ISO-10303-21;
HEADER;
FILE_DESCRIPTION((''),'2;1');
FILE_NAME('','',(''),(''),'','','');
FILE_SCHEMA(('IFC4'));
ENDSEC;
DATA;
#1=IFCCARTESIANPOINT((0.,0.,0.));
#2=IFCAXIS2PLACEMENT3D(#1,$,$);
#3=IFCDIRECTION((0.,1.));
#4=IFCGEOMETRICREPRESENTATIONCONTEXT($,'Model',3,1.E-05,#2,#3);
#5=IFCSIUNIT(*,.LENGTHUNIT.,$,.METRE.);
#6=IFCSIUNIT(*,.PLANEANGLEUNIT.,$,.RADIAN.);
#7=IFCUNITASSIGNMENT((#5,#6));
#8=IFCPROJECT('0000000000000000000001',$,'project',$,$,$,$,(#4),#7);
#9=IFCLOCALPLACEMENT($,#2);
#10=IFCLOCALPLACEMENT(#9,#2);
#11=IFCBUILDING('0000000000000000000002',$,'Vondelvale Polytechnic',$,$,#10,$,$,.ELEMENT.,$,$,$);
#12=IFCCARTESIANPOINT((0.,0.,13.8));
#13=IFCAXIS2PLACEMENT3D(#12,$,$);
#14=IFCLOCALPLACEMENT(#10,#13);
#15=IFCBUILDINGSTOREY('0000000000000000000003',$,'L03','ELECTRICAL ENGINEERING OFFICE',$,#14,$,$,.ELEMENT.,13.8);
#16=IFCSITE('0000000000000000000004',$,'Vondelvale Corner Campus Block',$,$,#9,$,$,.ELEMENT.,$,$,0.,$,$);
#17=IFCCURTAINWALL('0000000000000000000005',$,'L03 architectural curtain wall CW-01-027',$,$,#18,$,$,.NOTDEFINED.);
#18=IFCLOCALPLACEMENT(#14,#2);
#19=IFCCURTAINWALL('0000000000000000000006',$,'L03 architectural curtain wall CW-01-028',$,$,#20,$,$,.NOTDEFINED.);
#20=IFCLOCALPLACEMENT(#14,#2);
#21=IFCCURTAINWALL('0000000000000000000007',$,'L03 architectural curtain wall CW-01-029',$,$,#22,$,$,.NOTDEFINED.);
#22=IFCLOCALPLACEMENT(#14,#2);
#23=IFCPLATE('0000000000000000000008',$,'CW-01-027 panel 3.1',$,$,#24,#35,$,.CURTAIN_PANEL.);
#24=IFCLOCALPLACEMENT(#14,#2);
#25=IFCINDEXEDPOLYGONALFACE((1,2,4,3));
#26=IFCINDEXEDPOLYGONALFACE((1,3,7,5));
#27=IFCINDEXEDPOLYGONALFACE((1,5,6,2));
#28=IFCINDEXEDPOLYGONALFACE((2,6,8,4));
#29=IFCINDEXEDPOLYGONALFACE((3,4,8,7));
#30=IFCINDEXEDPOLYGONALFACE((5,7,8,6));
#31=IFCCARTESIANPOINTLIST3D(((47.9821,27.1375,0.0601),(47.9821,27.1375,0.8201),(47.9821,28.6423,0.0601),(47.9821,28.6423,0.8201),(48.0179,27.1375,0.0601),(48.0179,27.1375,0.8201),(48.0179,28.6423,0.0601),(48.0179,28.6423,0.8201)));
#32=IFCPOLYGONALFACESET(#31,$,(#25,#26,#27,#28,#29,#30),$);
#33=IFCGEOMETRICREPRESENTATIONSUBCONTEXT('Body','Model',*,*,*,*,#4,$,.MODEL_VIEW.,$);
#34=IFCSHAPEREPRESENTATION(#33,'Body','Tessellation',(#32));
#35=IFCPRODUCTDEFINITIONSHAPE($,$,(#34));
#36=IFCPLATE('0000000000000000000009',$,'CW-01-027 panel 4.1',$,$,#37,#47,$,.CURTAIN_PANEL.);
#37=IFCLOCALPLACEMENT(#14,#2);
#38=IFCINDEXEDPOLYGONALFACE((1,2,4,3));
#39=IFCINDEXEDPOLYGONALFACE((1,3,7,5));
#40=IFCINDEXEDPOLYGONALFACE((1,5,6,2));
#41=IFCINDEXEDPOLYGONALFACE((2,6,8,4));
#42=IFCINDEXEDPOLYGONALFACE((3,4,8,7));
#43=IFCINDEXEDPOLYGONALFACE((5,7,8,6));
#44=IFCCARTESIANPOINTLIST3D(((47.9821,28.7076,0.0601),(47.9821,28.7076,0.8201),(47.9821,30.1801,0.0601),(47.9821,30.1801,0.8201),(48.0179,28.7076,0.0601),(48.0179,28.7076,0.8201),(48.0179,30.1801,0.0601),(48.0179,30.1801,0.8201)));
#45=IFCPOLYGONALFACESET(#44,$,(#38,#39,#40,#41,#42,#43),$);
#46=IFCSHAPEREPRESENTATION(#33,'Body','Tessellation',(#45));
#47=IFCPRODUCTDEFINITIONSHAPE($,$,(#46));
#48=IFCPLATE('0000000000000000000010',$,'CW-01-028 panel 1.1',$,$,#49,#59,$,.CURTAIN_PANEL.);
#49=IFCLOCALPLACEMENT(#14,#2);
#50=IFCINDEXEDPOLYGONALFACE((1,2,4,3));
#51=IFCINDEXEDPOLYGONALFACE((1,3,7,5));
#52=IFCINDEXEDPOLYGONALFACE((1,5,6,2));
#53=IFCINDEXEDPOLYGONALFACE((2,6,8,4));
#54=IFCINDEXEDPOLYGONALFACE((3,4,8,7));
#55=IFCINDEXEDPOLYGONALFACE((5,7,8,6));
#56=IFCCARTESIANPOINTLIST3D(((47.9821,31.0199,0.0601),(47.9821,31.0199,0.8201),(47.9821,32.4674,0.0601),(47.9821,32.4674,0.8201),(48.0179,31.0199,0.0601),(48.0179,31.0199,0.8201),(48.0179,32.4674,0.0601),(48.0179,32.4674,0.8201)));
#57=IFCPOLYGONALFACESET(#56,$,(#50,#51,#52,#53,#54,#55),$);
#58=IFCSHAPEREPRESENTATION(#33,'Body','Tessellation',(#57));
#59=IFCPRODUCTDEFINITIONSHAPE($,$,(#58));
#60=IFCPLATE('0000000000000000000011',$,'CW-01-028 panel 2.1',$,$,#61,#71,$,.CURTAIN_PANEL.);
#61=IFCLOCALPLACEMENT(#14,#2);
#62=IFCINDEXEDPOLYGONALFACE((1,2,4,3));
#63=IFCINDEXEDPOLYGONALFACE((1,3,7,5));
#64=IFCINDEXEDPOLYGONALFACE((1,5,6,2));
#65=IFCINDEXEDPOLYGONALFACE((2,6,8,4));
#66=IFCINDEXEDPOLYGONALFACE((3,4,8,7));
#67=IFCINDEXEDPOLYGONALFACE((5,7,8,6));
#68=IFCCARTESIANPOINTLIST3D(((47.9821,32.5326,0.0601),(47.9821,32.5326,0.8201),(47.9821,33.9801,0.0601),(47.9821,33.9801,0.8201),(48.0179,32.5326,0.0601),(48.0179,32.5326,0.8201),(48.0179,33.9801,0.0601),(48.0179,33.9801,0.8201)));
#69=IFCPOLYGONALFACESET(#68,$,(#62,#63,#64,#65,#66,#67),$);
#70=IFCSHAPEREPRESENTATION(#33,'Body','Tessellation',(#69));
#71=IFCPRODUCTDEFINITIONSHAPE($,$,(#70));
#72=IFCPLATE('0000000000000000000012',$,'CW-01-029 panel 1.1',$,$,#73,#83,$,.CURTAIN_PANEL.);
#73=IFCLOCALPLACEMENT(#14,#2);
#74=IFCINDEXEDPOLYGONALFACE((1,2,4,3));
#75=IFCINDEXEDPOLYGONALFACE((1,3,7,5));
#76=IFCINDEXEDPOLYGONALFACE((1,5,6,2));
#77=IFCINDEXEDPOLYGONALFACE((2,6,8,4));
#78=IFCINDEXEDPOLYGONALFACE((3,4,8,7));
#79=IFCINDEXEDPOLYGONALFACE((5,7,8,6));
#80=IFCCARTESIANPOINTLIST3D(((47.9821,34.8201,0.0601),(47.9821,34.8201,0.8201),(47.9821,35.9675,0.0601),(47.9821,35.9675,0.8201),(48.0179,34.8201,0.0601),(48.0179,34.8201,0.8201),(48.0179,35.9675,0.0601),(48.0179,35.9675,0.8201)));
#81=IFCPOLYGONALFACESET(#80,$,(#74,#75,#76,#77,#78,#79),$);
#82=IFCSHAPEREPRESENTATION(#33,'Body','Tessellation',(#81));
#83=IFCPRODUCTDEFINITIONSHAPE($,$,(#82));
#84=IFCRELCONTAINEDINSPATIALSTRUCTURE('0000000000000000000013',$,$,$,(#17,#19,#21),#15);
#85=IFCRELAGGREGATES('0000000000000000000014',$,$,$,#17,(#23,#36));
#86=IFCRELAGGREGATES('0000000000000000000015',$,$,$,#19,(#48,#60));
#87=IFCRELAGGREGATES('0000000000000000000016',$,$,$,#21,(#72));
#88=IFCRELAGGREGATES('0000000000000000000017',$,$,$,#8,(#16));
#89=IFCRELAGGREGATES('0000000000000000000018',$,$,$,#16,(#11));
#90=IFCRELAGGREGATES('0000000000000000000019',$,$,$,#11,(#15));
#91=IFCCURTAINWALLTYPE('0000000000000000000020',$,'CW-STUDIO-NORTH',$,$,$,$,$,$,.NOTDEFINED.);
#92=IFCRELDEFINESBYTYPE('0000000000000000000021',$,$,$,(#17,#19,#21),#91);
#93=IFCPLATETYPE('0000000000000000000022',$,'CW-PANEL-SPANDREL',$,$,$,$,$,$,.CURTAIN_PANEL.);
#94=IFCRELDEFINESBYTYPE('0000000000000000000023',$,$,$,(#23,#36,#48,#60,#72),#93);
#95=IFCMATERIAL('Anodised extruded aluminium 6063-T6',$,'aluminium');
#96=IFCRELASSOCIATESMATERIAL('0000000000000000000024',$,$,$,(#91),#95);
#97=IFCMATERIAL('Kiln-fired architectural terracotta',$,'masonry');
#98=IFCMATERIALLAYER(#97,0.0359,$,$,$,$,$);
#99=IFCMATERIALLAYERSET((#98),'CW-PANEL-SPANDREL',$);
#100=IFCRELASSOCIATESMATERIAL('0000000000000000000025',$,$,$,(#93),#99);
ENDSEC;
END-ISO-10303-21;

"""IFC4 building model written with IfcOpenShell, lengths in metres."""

from ifc_helpers import new_model, si_unit, direction, frame, origin, origin_2d, place, context, subcontext, project, spatial, rectangle, extrude, material, layer, layer_set, type_object, element, aggregate, save


model = new_model("IFC4")

# Units and contexts
model_context = context("Model", 3, precision=1e-05, world=origin(), true_north=direction((0.0, 1.0)))
body_context = subcontext(model_context, "Body", "Model", "MODEL_VIEW")
ifc_project = project(units=[si_unit("LENGTHUNIT", "METRE"), si_unit("PLANEANGLEUNIT", "RADIAN")], contexts=[model_context])

# Site, building, storey
site_placement = place(None, origin())
site = spatial("IfcSite", under=ifc_project, at=site_placement, Name="Vondelvale Corner Campus Block", CompositionType="ELEMENT", RefElevation=0.0)
building_placement = place(site_placement, origin())
building = spatial("IfcBuilding", under=site, at=building_placement, Name="Vondelvale Polytechnic", CompositionType="ELEMENT")
storey_placement = place(building_placement, frame((0.0, 0.0, 13.8)))
storey = spatial("IfcBuildingStorey", under=building, at=storey_placement, Name="L03", Description="ELECTRICAL ENGINEERING OFFICE", CompositionType="ELEMENT", Elevation=13.8)

# Curtain walls
ifc_material_1 = material(Name="Anodised extruded aluminium 6063-T6", Category="aluminium")
curtain_wall_type = type_object("IfcCurtainWallType", Name="CW-STUDIO-NORTH", PredefinedType="NOTDEFINED", material=ifc_material_1)
curtain_wall_1_placement = place(storey_placement, origin())
curtain_wall_1 = element("IfcCurtainWall", 1, at=curtain_wall_1_placement, inside=storey, type_object=curtain_wall_type, Name="L03 architectural curtain wall CW-01-027", PredefinedType="NOTDEFINED")
curtain_wall_2_placement = place(storey_placement, origin())
curtain_wall_2 = element("IfcCurtainWall", 2, at=curtain_wall_2_placement, inside=storey, type_object=curtain_wall_type, Name="L03 architectural curtain wall CW-01-028", PredefinedType="NOTDEFINED")
curtain_wall_3_placement = place(storey_placement, origin())
curtain_wall_3 = element("IfcCurtainWall", 3, at=curtain_wall_3_placement, inside=storey, type_object=curtain_wall_type, Name="L03 architectural curtain wall CW-01-029", PredefinedType="NOTDEFINED")

# Plates
ifc_material_2 = material(Name="Kiln-fired architectural terracotta", Category="masonry")
ifc_layer_1 = layer(ifc_material_2, 0.0359)
ifc_layer_set_1 = layer_set([ifc_layer_1], Name="CW-PANEL-SPANDREL")
plate_type_1 = type_object("IfcPlateType", Name="CW-PANEL-SPANDREL", PredefinedType="CURTAIN_PANEL", material=ifc_layer_set_1)
plate_1_placement = place(storey_placement, frame((48.0, 27.8899, 0.0601), z_axis=(0.0, 0.0, 1.0), x_axis=(0.0, 1.0, 0.0)))
plate_1 = element("IfcPlate", 4, at=plate_1_placement, type_object=plate_type_1, Name="CW-01-027 panel 3.1", PredefinedType="CURTAIN_PANEL", context=body_context, shape_type="SweptSolid", body=[
    extrude(rectangle(XDim=1.5049, YDim=0.0359, at=origin_2d()), origin(), (0.0, 0.0, 1.0), 0.76),
])
plate_2_placement = place(storey_placement, frame((48.0, 29.4438, 0.0601), z_axis=(0.0, 0.0, 1.0), x_axis=(0.0, 1.0, 0.0)))
plate_2 = element("IfcPlate", 5, at=plate_2_placement, type_object=plate_type_1, Name="CW-01-027 panel 4.1", PredefinedType="CURTAIN_PANEL", context=body_context, shape_type="SweptSolid", body=[
    extrude(rectangle(XDim=1.4724, YDim=0.0359, at=origin_2d()), origin(), (0.0, 0.0, 1.0), 0.76),
])
aggregate(curtain_wall_1, [plate_1, plate_2])
plate_3_placement = place(storey_placement, frame((48.0, 31.7437, 0.0601), z_axis=(0.0, 0.0, 1.0), x_axis=(0.0, 1.0, 0.0)))
plate_3 = element("IfcPlate", 6, at=plate_3_placement, type_object=plate_type_1, Name="CW-01-028 panel 1.1", PredefinedType="CURTAIN_PANEL", context=body_context, shape_type="SweptSolid", body=[
    extrude(rectangle(XDim=1.4475, YDim=0.0359, at=origin_2d()), origin(), (0.0, 0.0, 1.0), 0.76),
])
plate_4_placement = place(storey_placement, frame((48.0, 33.2563, 0.0601), z_axis=(0.0, 0.0, 1.0), x_axis=(0.0, 1.0, 0.0)))
plate_4 = element("IfcPlate", 7, at=plate_4_placement, type_object=plate_type_1, Name="CW-01-028 panel 2.1", PredefinedType="CURTAIN_PANEL", context=body_context, shape_type="SweptSolid", body=[
    extrude(rectangle(XDim=1.4475, YDim=0.0359, at=origin_2d()), origin(), (0.0, 0.0, 1.0), 0.76),
])
aggregate(curtain_wall_2, [plate_3, plate_4])
plate_5_placement = place(storey_placement, frame((48.0, 35.3938, 0.0601), z_axis=(0.0, 0.0, 1.0), x_axis=(0.0, 1.0, 0.0)))
plate_5 = element("IfcPlate", 8, at=plate_5_placement, type_object=plate_type_1, Name="CW-01-029 panel 1.1", PredefinedType="CURTAIN_PANEL", context=body_context, shape_type="SweptSolid", body=[
    extrude(rectangle(XDim=1.1475, YDim=0.0359, at=origin_2d()), origin(), (0.0, 0.0, 1.0), 0.76),
])
aggregate(curtain_wall_3, [plate_5])

save(model, "model.ifc")
